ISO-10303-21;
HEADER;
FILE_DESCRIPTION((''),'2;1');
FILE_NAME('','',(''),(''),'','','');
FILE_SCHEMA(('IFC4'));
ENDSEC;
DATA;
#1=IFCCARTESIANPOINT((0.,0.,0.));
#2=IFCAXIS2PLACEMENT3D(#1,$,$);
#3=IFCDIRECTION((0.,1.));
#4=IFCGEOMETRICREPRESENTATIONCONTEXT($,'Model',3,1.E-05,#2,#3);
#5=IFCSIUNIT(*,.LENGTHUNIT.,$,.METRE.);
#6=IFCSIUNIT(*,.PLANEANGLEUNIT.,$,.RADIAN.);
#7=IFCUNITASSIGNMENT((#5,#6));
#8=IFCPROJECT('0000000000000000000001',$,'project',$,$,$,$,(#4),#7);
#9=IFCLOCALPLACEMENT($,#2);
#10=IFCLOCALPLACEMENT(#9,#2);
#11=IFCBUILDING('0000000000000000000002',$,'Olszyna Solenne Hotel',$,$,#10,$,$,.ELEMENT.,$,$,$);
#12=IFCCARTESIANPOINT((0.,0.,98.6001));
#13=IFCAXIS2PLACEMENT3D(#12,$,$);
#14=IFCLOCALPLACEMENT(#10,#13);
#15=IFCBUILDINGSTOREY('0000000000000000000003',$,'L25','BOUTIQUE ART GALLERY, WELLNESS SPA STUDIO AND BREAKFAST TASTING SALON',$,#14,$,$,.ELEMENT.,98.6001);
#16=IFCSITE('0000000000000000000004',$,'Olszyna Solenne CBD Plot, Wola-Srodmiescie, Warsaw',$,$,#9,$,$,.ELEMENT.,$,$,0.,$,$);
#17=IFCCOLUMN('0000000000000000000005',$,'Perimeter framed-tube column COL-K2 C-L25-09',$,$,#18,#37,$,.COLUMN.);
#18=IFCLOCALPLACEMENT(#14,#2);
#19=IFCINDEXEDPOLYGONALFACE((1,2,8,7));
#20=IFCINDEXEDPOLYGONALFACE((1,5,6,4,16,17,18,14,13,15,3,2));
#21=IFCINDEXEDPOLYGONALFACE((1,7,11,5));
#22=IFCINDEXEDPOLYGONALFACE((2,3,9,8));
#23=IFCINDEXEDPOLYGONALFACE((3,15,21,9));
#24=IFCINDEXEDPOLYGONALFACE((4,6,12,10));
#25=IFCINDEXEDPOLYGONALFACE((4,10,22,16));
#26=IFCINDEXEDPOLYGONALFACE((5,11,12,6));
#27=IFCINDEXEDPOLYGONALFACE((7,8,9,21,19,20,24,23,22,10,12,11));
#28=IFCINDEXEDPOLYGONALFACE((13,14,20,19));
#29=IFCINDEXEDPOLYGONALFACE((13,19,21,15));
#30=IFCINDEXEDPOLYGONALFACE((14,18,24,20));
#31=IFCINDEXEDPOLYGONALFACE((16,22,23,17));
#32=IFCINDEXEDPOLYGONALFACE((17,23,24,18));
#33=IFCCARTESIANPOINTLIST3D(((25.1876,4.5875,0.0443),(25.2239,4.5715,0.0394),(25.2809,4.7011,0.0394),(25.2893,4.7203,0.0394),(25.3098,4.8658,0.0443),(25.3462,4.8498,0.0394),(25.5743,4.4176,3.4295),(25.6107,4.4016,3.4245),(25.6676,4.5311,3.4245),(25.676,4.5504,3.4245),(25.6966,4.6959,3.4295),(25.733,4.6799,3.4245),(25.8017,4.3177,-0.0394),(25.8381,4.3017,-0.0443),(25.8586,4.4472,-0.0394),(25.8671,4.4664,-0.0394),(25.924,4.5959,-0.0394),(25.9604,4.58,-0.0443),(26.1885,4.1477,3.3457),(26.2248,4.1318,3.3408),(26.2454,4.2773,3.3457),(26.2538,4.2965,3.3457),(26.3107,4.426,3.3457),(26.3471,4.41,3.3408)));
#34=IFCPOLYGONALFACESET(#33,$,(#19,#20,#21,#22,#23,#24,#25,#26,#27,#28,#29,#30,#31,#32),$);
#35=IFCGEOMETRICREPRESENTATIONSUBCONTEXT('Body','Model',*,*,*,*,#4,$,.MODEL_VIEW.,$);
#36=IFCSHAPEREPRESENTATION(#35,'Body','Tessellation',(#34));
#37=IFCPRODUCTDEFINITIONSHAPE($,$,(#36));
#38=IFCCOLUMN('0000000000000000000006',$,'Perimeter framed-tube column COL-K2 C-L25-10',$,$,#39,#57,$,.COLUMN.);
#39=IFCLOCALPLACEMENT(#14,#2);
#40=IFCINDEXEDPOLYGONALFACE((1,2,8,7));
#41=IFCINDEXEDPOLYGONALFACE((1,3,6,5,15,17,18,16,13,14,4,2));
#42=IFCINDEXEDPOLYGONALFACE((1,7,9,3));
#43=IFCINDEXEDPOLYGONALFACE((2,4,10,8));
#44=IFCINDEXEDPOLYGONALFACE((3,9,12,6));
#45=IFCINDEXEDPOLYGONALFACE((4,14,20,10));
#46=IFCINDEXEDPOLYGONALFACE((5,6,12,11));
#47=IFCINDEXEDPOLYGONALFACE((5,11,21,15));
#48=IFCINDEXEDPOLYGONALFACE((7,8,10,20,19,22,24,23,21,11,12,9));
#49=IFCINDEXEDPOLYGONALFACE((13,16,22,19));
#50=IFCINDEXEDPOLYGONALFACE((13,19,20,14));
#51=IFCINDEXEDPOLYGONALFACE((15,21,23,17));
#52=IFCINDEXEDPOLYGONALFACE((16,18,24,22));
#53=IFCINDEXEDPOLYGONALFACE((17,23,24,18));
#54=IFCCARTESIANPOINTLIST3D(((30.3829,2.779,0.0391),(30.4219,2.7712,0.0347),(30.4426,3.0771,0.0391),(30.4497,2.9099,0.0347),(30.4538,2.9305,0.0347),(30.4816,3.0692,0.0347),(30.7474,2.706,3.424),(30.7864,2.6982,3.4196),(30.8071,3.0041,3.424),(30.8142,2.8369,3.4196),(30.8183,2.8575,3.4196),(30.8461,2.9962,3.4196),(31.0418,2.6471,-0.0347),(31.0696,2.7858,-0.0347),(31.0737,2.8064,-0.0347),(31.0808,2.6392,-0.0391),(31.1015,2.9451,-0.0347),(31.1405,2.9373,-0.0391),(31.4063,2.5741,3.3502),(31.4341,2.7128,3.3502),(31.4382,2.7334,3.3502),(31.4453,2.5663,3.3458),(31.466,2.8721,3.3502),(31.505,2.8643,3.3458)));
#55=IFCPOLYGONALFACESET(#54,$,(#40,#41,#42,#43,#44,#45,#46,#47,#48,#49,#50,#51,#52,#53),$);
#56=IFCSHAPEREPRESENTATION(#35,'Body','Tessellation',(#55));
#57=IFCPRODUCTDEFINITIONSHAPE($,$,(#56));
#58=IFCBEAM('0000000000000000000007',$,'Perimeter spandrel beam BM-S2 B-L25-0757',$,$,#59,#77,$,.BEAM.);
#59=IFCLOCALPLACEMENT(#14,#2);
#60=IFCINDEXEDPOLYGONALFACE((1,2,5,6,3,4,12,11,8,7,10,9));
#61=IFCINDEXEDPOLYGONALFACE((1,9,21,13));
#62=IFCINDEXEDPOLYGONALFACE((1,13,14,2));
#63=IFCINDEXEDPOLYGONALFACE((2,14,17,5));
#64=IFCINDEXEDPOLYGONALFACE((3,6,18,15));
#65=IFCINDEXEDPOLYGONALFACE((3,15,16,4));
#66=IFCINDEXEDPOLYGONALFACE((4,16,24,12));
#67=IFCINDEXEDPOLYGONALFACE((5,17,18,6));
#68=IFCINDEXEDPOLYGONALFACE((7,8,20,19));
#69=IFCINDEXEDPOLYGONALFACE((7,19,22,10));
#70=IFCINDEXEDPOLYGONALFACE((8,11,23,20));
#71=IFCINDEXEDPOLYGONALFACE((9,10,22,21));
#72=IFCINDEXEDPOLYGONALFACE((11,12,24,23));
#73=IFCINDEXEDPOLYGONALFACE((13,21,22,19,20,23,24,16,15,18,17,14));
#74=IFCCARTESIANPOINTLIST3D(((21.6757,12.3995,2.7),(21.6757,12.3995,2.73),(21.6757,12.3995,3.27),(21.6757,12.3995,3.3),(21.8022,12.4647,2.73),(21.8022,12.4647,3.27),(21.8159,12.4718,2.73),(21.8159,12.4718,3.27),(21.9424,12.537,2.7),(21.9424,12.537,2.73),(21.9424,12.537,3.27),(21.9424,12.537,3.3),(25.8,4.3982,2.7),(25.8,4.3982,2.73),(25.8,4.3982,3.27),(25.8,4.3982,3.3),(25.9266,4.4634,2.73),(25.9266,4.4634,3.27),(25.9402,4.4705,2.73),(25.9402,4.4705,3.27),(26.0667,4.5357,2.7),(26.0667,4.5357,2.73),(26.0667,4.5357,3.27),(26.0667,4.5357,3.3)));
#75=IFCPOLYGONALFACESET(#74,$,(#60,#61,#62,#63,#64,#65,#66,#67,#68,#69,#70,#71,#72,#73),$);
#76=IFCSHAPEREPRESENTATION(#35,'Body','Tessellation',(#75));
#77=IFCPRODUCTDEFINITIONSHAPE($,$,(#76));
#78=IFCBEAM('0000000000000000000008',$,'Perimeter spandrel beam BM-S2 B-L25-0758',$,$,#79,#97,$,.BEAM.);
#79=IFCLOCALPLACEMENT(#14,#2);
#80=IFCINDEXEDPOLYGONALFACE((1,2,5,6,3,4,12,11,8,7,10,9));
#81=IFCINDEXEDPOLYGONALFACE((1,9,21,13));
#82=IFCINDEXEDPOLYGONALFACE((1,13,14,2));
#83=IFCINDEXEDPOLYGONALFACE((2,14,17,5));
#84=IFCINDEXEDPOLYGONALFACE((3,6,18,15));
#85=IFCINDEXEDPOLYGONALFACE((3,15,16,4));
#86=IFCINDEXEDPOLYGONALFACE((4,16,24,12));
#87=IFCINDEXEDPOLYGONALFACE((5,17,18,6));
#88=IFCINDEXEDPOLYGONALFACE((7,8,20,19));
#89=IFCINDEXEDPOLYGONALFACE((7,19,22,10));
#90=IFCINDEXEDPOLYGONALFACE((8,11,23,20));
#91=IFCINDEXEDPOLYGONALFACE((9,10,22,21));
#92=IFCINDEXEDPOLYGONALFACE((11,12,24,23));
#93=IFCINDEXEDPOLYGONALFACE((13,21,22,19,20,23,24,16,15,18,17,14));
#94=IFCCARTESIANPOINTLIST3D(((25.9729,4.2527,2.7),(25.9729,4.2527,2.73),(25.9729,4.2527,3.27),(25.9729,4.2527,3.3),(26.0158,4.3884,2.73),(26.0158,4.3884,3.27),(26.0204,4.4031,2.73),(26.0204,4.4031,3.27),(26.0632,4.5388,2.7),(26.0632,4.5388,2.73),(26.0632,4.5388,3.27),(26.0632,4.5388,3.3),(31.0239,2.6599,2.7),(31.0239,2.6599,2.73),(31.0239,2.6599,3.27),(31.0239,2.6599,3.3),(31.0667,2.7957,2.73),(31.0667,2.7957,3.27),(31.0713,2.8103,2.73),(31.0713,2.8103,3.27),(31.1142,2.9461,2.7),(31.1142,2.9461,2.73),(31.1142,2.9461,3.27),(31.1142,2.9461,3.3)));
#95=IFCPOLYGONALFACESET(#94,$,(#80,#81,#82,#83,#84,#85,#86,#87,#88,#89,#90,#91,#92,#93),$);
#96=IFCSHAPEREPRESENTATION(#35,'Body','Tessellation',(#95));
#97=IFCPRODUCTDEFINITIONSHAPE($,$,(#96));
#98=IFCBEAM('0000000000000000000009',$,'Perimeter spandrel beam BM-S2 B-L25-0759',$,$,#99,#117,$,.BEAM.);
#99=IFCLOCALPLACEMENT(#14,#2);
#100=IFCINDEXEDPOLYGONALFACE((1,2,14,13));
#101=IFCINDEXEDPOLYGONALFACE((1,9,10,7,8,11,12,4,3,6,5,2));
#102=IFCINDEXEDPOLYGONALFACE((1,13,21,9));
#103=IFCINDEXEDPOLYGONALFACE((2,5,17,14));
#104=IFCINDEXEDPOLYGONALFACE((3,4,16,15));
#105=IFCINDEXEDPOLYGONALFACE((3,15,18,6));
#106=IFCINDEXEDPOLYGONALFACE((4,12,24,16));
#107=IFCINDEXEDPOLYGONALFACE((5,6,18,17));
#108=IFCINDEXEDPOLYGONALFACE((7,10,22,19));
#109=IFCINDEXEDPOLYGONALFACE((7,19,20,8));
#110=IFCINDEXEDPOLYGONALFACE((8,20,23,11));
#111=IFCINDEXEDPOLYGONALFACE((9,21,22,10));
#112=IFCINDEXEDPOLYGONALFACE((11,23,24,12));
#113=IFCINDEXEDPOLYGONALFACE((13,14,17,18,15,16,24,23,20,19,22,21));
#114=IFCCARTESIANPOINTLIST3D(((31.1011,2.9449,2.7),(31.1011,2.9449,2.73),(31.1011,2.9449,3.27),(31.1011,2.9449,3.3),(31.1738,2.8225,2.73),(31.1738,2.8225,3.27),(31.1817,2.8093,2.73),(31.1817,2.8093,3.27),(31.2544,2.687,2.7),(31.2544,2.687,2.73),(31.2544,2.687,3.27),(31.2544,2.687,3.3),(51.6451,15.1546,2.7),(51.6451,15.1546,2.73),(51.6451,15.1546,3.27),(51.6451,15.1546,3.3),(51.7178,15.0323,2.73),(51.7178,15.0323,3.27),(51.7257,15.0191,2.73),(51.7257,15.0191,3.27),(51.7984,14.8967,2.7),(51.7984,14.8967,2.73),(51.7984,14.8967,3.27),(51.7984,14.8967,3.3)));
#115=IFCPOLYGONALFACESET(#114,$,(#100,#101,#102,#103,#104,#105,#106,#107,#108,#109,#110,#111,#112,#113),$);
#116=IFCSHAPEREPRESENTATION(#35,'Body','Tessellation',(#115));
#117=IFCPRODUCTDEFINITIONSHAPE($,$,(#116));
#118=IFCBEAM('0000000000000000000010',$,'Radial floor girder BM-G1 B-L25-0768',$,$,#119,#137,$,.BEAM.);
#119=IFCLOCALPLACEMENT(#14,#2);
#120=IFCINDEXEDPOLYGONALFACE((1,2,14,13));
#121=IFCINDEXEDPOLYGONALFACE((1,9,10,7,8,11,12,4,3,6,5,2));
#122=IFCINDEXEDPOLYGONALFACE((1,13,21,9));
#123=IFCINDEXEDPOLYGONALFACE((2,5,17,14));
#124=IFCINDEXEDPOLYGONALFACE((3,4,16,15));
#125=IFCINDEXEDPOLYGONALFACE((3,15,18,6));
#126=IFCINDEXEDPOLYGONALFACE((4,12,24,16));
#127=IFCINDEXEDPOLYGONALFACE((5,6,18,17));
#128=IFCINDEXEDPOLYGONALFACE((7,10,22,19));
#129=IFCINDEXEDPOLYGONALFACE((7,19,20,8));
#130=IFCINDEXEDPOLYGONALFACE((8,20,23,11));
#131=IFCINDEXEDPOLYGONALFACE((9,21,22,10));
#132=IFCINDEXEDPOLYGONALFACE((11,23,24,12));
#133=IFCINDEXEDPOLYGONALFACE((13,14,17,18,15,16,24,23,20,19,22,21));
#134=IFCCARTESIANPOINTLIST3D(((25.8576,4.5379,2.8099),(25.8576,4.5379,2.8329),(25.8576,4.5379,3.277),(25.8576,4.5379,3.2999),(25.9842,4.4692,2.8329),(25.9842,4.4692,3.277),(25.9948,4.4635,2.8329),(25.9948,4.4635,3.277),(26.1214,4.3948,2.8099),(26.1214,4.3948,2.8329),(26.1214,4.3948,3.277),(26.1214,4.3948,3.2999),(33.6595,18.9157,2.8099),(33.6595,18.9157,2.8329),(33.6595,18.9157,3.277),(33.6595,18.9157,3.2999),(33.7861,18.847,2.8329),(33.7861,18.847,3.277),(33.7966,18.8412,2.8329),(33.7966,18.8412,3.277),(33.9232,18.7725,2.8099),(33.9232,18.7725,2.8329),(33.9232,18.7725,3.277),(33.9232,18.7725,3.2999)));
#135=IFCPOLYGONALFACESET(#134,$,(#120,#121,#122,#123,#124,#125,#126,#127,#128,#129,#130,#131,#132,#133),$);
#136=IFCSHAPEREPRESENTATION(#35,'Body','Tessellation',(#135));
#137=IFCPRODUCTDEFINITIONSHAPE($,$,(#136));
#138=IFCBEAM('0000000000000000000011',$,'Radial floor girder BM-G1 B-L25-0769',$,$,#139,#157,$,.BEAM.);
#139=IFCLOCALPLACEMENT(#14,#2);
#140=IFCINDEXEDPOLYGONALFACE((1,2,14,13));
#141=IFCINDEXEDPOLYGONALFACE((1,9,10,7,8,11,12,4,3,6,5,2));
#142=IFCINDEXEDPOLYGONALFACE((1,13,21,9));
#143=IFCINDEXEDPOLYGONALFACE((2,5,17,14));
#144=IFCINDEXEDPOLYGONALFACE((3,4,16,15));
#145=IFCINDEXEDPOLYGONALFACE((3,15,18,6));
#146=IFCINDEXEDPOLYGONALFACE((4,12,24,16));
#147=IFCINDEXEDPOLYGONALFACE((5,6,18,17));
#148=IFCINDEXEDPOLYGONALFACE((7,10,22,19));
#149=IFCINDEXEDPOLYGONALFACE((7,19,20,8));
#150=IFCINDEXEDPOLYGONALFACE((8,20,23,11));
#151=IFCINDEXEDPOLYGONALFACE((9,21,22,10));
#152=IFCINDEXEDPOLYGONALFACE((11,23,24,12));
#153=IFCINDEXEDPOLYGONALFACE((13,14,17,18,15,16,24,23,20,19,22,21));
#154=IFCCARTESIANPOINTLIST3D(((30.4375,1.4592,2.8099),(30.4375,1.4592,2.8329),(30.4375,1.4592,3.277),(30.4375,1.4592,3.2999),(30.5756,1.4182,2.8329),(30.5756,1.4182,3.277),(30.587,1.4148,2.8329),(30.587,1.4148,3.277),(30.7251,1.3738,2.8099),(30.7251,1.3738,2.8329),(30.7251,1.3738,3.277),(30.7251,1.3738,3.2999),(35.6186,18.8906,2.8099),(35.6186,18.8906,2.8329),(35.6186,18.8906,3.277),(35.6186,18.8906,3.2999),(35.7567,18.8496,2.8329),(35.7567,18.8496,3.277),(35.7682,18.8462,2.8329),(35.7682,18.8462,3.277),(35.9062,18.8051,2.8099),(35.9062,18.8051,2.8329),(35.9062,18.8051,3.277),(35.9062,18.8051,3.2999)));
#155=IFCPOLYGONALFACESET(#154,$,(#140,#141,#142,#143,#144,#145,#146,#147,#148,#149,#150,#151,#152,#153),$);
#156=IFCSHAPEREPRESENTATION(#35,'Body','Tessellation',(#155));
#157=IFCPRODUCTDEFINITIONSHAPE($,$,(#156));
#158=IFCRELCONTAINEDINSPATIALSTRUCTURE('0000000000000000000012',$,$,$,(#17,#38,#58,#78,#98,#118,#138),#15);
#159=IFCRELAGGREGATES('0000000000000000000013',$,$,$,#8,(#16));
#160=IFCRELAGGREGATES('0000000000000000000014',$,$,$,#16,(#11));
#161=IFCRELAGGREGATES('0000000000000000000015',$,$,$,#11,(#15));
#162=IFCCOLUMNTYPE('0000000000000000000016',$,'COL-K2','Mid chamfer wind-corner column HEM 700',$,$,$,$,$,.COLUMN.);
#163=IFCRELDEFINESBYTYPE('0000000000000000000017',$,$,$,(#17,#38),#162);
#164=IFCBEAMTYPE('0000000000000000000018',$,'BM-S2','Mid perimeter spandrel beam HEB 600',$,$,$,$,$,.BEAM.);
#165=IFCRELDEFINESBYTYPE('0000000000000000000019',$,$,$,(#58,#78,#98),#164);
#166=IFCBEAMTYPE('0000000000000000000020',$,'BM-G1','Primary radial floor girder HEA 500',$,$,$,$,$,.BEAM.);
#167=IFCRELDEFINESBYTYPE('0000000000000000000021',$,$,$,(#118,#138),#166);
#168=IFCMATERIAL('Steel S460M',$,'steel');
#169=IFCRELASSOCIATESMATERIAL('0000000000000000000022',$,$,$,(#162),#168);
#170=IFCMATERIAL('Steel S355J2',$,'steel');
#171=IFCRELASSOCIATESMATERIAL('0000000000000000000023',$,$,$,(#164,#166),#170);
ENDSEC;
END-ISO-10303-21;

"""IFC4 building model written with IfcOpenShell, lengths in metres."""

from ifc_helpers import new_model, si_unit, direction, frame, origin, origin_2d, place, context, subcontext, project, spatial, i_section, extrude, source, transform, mapped, material, material_profile, profile_set, type_object, element, save


model = new_model("IFC4")

# Units and contexts
model_context = context("Model", 3, precision=1e-05, world=origin(), true_north=direction((0.0, 1.0)))
body_context = subcontext(model_context, "Body", "Model", "MODEL_VIEW")
ifc_project = project(units=[si_unit("LENGTHUNIT", "METRE"), si_unit("PLANEANGLEUNIT", "RADIAN")], contexts=[model_context])

# Site, building, storey
site_placement = place(None, origin())
site = spatial("IfcSite", under=ifc_project, at=site_placement, Name="Olszyna Solenne CBD Plot, Wola-Srodmiescie, Warsaw", CompositionType="ELEMENT", RefElevation=0.0)
building_placement = place(site_placement, origin())
building = spatial("IfcBuilding", under=site, at=building_placement, Name="Olszyna Solenne Hotel", CompositionType="ELEMENT")
storey_placement = place(building_placement, frame((0.0, 0.0, 98.6001)))
storey = spatial("IfcBuildingStorey", under=building, at=storey_placement, Name="L25", Description="BOUTIQUE ART GALLERY, WELLNESS SPA STUDIO AND BREAKFAST TASTING SALON", CompositionType="ELEMENT", Elevation=98.6001)

# Columns
ifc_material_1 = material(Name="Steel S460M", Category="steel")
ifc_material_profile_1 = material_profile(ifc_material_1, i_section(OverallWidth=0.304, OverallDepth=0.7161, WebThickness=0.021, FlangeThickness=0.04, at=origin_2d()), Name="HEM 700", Category="load-bearing")
ifc_profile_set_1 = profile_set([ifc_material_profile_1], Name="Steel S460M")
column_type = type_object("IfcColumnType", Name="COL-K2", Description="Mid chamfer wind-corner column HEM 700", PredefinedType="COLUMN", material=ifc_profile_set_1)
shared_shape_1 = source(origin(), body_context, "Body", "SweptSolid", [
    extrude(i_section(OverallWidth=0.304, OverallDepth=0.7161, WebThickness=0.021, FlangeThickness=0.04, at=origin_2d()), origin(), (0.0, 0.0, 1.0), 3.4114),
])
column_1_placement = place(storey_placement, frame((25.574, 4.5837, 0.0), z_axis=(0.113365, -0.049812, 0.992304), x_axis=(0.402274, 0.915519, 0.0)))
element("IfcColumn", 1, at=column_1_placement, inside=storey, type_object=column_type, Name="Perimeter framed-tube column COL-K2 C-L25-09", PredefinedType="COLUMN", context=body_context, shape_type="MappedRepresentation", body=[
    mapped(shared_shape_1, transform((0.0, 0.0, 0.0), x_axis=(1.0, 0.0, 0.0), y_axis=(0.0, 1.0, 0.0), z_axis=(0.0, 0.0, 1.0), scale=1.0)),
])
shared_shape_2 = source(origin(), body_context, "Body", "SweptSolid", [
    extrude(i_section(OverallWidth=0.304, OverallDepth=0.7161, WebThickness=0.021, FlangeThickness=0.04, at=origin_2d()), origin(), (0.0, 0.0, 1.0), 3.4053),
])
column_2_placement = place(storey_placement, frame((30.7617, 2.8582, 0.0), z_axis=(0.107038, -0.021436, 0.994024), x_axis=(0.196369, 0.98053, 0.0)))
element("IfcColumn", 2, at=column_2_placement, inside=storey, type_object=column_type, Name="Perimeter framed-tube column COL-K2 C-L25-10", PredefinedType="COLUMN", context=body_context, shape_type="MappedRepresentation", body=[
    mapped(shared_shape_2, transform((0.0, 0.0, 0.0), x_axis=(1.0, 0.0, 0.0), y_axis=(0.0, 1.0, 0.0), z_axis=(0.0, 0.0, 1.0), scale=1.0)),
])

# Beams
ifc_material_2 = material(Name="Steel S355J2", Category="steel")
ifc_material_profile_2 = material_profile(ifc_material_2, i_section(OverallWidth=0.3, OverallDepth=0.6001, WebThickness=0.0154, FlangeThickness=0.03, at=origin_2d()), Name="HEB 600", Category="load-bearing")
ifc_profile_set_2 = profile_set([ifc_material_profile_2], Name="Steel S355J2")
beam_type_1 = type_object("IfcBeamType", Name="BM-S2", Description="Mid perimeter spandrel beam HEB 600", PredefinedType="BEAM", material=ifc_profile_set_2)
shared_shape_3 = source(origin(), body_context, "Body", "SweptSolid", [
    extrude(i_section(OverallWidth=0.3, OverallDepth=0.6001, WebThickness=0.0154, FlangeThickness=0.03, at=origin_2d()), origin(), (0.0, 0.0, 1.0), 9.0017),
])
beam_1_placement = place(storey_placement, frame((21.8091, 12.4683, 3.0), z_axis=(0.45817, -0.888865, 0.0), x_axis=(0.888865, 0.45817, 0.0)))
element("IfcBeam", 3, at=beam_1_placement, inside=storey, type_object=beam_type_1, Name="Perimeter spandrel beam BM-S2 B-L25-0757", PredefinedType="BEAM", context=body_context, shape_type="MappedRepresentation", body=[
    mapped(shared_shape_3, transform((0.0, 0.0, 0.0), x_axis=(1.0, 0.0, 0.0), y_axis=(0.0, 1.0, 0.0), z_axis=(0.0, 0.0, 1.0), scale=1.0)),
])
shared_shape_4 = source(origin(), body_context, "Body", "SweptSolid", [
    extrude(i_section(OverallWidth=0.3, OverallDepth=0.6001, WebThickness=0.0154, FlangeThickness=0.03, at=origin_2d()), origin(), (0.0, 0.0, 1.0), 5.2961),
])
beam_2_placement = place(storey_placement, frame((26.0181, 4.3958, 3.0), z_axis=(0.953707, -0.300739, 0.0), x_axis=(0.300739, 0.953707, 0.0)))
element("IfcBeam", 4, at=beam_2_placement, inside=storey, type_object=beam_type_1, Name="Perimeter spandrel beam BM-S2 B-L25-0758", PredefinedType="BEAM", context=body_context, shape_type="MappedRepresentation", body=[
    mapped(shared_shape_4, transform((0.0, 0.0, 0.0), x_axis=(1.0, 0.0, 0.0), y_axis=(0.0, 1.0, 0.0), z_axis=(0.0, 0.0, 1.0), scale=1.0)),
])
shared_shape_5 = source(origin(), body_context, "Body", "SweptSolid", [
    extrude(i_section(OverallWidth=0.3, OverallDepth=0.6001, WebThickness=0.0154, FlangeThickness=0.03, at=origin_2d()), origin(), (0.0, 0.0, 1.0), 23.8984),
])
beam_3_placement = place(storey_placement, frame((31.1777, 2.8159, 3.0), z_axis=(0.859639, 0.510902, 0.0), x_axis=(-0.510902, 0.859639, 0.0)))
element("IfcBeam", 5, at=beam_3_placement, inside=storey, type_object=beam_type_1, Name="Perimeter spandrel beam BM-S2 B-L25-0759", PredefinedType="BEAM", context=body_context, shape_type="MappedRepresentation", body=[
    mapped(shared_shape_5, transform((0.0, 0.0, 0.0), x_axis=(1.0, 0.0, 0.0), y_axis=(0.0, 1.0, 0.0), z_axis=(0.0, 0.0, 1.0), scale=1.0)),
])
ifc_material_profile_3 = material_profile(ifc_material_2, i_section(OverallWidth=0.3, OverallDepth=0.49, WebThickness=0.012, FlangeThickness=0.0229, at=origin_2d()), Name="HEA 500", Category="load-bearing")
ifc_profile_set_3 = profile_set([ifc_material_profile_3], Name="Steel S355J2")
beam_type_2 = type_object("IfcBeamType", Name="BM-G1", Description="Primary radial floor girder HEA 500", PredefinedType="BEAM", material=ifc_profile_set_3)
shared_shape_6 = source(origin(), body_context, "Body", "SweptSolid", [
    extrude(i_section(OverallWidth=0.3, OverallDepth=0.49, WebThickness=0.012, FlangeThickness=0.0229, at=origin_2d()), origin(), (0.0, 0.0, 1.0), 16.3582),
])
beam_4_placement = place(storey_placement, frame((25.9895, 4.4663, 3.0549), z_axis=(0.476937, 0.878937, 0.0), x_axis=(-0.878937, 0.476937, 0.0)))
element("IfcBeam", 6, at=beam_4_placement, inside=storey, type_object=beam_type_2, Name="Radial floor girder BM-G1 B-L25-0768", PredefinedType="BEAM", context=body_context, shape_type="MappedRepresentation", body=[
    mapped(shared_shape_6, transform((0.0, 0.0, 0.0), x_axis=(1.0, 0.0, 0.0), y_axis=(0.0, 1.0, 0.0), z_axis=(0.0, 0.0, 1.0), scale=1.0)),
])
shared_shape_7 = source(origin(), body_context, "Body", "SweptSolid", [
    extrude(i_section(OverallWidth=0.3, OverallDepth=0.49, WebThickness=0.012, FlangeThickness=0.0229, at=origin_2d()), origin(), (0.0, 0.0, 1.0), 18.1851),
])
beam_5_placement = place(storey_placement, frame((30.5813, 1.4165, 3.0549), z_axis=(0.284912, 0.958554, 0.0), x_axis=(-0.958554, 0.284912, 0.0)))
element("IfcBeam", 7, at=beam_5_placement, inside=storey, type_object=beam_type_2, Name="Radial floor girder BM-G1 B-L25-0769", PredefinedType="BEAM", context=body_context, shape_type="MappedRepresentation", body=[
    mapped(shared_shape_7, transform((0.0, 0.0, 0.0), x_axis=(1.0, 0.0, 0.0), y_axis=(0.0, 1.0, 0.0), z_axis=(0.0, 0.0, 1.0), scale=1.0)),
])

save(model, "model.ifc")
